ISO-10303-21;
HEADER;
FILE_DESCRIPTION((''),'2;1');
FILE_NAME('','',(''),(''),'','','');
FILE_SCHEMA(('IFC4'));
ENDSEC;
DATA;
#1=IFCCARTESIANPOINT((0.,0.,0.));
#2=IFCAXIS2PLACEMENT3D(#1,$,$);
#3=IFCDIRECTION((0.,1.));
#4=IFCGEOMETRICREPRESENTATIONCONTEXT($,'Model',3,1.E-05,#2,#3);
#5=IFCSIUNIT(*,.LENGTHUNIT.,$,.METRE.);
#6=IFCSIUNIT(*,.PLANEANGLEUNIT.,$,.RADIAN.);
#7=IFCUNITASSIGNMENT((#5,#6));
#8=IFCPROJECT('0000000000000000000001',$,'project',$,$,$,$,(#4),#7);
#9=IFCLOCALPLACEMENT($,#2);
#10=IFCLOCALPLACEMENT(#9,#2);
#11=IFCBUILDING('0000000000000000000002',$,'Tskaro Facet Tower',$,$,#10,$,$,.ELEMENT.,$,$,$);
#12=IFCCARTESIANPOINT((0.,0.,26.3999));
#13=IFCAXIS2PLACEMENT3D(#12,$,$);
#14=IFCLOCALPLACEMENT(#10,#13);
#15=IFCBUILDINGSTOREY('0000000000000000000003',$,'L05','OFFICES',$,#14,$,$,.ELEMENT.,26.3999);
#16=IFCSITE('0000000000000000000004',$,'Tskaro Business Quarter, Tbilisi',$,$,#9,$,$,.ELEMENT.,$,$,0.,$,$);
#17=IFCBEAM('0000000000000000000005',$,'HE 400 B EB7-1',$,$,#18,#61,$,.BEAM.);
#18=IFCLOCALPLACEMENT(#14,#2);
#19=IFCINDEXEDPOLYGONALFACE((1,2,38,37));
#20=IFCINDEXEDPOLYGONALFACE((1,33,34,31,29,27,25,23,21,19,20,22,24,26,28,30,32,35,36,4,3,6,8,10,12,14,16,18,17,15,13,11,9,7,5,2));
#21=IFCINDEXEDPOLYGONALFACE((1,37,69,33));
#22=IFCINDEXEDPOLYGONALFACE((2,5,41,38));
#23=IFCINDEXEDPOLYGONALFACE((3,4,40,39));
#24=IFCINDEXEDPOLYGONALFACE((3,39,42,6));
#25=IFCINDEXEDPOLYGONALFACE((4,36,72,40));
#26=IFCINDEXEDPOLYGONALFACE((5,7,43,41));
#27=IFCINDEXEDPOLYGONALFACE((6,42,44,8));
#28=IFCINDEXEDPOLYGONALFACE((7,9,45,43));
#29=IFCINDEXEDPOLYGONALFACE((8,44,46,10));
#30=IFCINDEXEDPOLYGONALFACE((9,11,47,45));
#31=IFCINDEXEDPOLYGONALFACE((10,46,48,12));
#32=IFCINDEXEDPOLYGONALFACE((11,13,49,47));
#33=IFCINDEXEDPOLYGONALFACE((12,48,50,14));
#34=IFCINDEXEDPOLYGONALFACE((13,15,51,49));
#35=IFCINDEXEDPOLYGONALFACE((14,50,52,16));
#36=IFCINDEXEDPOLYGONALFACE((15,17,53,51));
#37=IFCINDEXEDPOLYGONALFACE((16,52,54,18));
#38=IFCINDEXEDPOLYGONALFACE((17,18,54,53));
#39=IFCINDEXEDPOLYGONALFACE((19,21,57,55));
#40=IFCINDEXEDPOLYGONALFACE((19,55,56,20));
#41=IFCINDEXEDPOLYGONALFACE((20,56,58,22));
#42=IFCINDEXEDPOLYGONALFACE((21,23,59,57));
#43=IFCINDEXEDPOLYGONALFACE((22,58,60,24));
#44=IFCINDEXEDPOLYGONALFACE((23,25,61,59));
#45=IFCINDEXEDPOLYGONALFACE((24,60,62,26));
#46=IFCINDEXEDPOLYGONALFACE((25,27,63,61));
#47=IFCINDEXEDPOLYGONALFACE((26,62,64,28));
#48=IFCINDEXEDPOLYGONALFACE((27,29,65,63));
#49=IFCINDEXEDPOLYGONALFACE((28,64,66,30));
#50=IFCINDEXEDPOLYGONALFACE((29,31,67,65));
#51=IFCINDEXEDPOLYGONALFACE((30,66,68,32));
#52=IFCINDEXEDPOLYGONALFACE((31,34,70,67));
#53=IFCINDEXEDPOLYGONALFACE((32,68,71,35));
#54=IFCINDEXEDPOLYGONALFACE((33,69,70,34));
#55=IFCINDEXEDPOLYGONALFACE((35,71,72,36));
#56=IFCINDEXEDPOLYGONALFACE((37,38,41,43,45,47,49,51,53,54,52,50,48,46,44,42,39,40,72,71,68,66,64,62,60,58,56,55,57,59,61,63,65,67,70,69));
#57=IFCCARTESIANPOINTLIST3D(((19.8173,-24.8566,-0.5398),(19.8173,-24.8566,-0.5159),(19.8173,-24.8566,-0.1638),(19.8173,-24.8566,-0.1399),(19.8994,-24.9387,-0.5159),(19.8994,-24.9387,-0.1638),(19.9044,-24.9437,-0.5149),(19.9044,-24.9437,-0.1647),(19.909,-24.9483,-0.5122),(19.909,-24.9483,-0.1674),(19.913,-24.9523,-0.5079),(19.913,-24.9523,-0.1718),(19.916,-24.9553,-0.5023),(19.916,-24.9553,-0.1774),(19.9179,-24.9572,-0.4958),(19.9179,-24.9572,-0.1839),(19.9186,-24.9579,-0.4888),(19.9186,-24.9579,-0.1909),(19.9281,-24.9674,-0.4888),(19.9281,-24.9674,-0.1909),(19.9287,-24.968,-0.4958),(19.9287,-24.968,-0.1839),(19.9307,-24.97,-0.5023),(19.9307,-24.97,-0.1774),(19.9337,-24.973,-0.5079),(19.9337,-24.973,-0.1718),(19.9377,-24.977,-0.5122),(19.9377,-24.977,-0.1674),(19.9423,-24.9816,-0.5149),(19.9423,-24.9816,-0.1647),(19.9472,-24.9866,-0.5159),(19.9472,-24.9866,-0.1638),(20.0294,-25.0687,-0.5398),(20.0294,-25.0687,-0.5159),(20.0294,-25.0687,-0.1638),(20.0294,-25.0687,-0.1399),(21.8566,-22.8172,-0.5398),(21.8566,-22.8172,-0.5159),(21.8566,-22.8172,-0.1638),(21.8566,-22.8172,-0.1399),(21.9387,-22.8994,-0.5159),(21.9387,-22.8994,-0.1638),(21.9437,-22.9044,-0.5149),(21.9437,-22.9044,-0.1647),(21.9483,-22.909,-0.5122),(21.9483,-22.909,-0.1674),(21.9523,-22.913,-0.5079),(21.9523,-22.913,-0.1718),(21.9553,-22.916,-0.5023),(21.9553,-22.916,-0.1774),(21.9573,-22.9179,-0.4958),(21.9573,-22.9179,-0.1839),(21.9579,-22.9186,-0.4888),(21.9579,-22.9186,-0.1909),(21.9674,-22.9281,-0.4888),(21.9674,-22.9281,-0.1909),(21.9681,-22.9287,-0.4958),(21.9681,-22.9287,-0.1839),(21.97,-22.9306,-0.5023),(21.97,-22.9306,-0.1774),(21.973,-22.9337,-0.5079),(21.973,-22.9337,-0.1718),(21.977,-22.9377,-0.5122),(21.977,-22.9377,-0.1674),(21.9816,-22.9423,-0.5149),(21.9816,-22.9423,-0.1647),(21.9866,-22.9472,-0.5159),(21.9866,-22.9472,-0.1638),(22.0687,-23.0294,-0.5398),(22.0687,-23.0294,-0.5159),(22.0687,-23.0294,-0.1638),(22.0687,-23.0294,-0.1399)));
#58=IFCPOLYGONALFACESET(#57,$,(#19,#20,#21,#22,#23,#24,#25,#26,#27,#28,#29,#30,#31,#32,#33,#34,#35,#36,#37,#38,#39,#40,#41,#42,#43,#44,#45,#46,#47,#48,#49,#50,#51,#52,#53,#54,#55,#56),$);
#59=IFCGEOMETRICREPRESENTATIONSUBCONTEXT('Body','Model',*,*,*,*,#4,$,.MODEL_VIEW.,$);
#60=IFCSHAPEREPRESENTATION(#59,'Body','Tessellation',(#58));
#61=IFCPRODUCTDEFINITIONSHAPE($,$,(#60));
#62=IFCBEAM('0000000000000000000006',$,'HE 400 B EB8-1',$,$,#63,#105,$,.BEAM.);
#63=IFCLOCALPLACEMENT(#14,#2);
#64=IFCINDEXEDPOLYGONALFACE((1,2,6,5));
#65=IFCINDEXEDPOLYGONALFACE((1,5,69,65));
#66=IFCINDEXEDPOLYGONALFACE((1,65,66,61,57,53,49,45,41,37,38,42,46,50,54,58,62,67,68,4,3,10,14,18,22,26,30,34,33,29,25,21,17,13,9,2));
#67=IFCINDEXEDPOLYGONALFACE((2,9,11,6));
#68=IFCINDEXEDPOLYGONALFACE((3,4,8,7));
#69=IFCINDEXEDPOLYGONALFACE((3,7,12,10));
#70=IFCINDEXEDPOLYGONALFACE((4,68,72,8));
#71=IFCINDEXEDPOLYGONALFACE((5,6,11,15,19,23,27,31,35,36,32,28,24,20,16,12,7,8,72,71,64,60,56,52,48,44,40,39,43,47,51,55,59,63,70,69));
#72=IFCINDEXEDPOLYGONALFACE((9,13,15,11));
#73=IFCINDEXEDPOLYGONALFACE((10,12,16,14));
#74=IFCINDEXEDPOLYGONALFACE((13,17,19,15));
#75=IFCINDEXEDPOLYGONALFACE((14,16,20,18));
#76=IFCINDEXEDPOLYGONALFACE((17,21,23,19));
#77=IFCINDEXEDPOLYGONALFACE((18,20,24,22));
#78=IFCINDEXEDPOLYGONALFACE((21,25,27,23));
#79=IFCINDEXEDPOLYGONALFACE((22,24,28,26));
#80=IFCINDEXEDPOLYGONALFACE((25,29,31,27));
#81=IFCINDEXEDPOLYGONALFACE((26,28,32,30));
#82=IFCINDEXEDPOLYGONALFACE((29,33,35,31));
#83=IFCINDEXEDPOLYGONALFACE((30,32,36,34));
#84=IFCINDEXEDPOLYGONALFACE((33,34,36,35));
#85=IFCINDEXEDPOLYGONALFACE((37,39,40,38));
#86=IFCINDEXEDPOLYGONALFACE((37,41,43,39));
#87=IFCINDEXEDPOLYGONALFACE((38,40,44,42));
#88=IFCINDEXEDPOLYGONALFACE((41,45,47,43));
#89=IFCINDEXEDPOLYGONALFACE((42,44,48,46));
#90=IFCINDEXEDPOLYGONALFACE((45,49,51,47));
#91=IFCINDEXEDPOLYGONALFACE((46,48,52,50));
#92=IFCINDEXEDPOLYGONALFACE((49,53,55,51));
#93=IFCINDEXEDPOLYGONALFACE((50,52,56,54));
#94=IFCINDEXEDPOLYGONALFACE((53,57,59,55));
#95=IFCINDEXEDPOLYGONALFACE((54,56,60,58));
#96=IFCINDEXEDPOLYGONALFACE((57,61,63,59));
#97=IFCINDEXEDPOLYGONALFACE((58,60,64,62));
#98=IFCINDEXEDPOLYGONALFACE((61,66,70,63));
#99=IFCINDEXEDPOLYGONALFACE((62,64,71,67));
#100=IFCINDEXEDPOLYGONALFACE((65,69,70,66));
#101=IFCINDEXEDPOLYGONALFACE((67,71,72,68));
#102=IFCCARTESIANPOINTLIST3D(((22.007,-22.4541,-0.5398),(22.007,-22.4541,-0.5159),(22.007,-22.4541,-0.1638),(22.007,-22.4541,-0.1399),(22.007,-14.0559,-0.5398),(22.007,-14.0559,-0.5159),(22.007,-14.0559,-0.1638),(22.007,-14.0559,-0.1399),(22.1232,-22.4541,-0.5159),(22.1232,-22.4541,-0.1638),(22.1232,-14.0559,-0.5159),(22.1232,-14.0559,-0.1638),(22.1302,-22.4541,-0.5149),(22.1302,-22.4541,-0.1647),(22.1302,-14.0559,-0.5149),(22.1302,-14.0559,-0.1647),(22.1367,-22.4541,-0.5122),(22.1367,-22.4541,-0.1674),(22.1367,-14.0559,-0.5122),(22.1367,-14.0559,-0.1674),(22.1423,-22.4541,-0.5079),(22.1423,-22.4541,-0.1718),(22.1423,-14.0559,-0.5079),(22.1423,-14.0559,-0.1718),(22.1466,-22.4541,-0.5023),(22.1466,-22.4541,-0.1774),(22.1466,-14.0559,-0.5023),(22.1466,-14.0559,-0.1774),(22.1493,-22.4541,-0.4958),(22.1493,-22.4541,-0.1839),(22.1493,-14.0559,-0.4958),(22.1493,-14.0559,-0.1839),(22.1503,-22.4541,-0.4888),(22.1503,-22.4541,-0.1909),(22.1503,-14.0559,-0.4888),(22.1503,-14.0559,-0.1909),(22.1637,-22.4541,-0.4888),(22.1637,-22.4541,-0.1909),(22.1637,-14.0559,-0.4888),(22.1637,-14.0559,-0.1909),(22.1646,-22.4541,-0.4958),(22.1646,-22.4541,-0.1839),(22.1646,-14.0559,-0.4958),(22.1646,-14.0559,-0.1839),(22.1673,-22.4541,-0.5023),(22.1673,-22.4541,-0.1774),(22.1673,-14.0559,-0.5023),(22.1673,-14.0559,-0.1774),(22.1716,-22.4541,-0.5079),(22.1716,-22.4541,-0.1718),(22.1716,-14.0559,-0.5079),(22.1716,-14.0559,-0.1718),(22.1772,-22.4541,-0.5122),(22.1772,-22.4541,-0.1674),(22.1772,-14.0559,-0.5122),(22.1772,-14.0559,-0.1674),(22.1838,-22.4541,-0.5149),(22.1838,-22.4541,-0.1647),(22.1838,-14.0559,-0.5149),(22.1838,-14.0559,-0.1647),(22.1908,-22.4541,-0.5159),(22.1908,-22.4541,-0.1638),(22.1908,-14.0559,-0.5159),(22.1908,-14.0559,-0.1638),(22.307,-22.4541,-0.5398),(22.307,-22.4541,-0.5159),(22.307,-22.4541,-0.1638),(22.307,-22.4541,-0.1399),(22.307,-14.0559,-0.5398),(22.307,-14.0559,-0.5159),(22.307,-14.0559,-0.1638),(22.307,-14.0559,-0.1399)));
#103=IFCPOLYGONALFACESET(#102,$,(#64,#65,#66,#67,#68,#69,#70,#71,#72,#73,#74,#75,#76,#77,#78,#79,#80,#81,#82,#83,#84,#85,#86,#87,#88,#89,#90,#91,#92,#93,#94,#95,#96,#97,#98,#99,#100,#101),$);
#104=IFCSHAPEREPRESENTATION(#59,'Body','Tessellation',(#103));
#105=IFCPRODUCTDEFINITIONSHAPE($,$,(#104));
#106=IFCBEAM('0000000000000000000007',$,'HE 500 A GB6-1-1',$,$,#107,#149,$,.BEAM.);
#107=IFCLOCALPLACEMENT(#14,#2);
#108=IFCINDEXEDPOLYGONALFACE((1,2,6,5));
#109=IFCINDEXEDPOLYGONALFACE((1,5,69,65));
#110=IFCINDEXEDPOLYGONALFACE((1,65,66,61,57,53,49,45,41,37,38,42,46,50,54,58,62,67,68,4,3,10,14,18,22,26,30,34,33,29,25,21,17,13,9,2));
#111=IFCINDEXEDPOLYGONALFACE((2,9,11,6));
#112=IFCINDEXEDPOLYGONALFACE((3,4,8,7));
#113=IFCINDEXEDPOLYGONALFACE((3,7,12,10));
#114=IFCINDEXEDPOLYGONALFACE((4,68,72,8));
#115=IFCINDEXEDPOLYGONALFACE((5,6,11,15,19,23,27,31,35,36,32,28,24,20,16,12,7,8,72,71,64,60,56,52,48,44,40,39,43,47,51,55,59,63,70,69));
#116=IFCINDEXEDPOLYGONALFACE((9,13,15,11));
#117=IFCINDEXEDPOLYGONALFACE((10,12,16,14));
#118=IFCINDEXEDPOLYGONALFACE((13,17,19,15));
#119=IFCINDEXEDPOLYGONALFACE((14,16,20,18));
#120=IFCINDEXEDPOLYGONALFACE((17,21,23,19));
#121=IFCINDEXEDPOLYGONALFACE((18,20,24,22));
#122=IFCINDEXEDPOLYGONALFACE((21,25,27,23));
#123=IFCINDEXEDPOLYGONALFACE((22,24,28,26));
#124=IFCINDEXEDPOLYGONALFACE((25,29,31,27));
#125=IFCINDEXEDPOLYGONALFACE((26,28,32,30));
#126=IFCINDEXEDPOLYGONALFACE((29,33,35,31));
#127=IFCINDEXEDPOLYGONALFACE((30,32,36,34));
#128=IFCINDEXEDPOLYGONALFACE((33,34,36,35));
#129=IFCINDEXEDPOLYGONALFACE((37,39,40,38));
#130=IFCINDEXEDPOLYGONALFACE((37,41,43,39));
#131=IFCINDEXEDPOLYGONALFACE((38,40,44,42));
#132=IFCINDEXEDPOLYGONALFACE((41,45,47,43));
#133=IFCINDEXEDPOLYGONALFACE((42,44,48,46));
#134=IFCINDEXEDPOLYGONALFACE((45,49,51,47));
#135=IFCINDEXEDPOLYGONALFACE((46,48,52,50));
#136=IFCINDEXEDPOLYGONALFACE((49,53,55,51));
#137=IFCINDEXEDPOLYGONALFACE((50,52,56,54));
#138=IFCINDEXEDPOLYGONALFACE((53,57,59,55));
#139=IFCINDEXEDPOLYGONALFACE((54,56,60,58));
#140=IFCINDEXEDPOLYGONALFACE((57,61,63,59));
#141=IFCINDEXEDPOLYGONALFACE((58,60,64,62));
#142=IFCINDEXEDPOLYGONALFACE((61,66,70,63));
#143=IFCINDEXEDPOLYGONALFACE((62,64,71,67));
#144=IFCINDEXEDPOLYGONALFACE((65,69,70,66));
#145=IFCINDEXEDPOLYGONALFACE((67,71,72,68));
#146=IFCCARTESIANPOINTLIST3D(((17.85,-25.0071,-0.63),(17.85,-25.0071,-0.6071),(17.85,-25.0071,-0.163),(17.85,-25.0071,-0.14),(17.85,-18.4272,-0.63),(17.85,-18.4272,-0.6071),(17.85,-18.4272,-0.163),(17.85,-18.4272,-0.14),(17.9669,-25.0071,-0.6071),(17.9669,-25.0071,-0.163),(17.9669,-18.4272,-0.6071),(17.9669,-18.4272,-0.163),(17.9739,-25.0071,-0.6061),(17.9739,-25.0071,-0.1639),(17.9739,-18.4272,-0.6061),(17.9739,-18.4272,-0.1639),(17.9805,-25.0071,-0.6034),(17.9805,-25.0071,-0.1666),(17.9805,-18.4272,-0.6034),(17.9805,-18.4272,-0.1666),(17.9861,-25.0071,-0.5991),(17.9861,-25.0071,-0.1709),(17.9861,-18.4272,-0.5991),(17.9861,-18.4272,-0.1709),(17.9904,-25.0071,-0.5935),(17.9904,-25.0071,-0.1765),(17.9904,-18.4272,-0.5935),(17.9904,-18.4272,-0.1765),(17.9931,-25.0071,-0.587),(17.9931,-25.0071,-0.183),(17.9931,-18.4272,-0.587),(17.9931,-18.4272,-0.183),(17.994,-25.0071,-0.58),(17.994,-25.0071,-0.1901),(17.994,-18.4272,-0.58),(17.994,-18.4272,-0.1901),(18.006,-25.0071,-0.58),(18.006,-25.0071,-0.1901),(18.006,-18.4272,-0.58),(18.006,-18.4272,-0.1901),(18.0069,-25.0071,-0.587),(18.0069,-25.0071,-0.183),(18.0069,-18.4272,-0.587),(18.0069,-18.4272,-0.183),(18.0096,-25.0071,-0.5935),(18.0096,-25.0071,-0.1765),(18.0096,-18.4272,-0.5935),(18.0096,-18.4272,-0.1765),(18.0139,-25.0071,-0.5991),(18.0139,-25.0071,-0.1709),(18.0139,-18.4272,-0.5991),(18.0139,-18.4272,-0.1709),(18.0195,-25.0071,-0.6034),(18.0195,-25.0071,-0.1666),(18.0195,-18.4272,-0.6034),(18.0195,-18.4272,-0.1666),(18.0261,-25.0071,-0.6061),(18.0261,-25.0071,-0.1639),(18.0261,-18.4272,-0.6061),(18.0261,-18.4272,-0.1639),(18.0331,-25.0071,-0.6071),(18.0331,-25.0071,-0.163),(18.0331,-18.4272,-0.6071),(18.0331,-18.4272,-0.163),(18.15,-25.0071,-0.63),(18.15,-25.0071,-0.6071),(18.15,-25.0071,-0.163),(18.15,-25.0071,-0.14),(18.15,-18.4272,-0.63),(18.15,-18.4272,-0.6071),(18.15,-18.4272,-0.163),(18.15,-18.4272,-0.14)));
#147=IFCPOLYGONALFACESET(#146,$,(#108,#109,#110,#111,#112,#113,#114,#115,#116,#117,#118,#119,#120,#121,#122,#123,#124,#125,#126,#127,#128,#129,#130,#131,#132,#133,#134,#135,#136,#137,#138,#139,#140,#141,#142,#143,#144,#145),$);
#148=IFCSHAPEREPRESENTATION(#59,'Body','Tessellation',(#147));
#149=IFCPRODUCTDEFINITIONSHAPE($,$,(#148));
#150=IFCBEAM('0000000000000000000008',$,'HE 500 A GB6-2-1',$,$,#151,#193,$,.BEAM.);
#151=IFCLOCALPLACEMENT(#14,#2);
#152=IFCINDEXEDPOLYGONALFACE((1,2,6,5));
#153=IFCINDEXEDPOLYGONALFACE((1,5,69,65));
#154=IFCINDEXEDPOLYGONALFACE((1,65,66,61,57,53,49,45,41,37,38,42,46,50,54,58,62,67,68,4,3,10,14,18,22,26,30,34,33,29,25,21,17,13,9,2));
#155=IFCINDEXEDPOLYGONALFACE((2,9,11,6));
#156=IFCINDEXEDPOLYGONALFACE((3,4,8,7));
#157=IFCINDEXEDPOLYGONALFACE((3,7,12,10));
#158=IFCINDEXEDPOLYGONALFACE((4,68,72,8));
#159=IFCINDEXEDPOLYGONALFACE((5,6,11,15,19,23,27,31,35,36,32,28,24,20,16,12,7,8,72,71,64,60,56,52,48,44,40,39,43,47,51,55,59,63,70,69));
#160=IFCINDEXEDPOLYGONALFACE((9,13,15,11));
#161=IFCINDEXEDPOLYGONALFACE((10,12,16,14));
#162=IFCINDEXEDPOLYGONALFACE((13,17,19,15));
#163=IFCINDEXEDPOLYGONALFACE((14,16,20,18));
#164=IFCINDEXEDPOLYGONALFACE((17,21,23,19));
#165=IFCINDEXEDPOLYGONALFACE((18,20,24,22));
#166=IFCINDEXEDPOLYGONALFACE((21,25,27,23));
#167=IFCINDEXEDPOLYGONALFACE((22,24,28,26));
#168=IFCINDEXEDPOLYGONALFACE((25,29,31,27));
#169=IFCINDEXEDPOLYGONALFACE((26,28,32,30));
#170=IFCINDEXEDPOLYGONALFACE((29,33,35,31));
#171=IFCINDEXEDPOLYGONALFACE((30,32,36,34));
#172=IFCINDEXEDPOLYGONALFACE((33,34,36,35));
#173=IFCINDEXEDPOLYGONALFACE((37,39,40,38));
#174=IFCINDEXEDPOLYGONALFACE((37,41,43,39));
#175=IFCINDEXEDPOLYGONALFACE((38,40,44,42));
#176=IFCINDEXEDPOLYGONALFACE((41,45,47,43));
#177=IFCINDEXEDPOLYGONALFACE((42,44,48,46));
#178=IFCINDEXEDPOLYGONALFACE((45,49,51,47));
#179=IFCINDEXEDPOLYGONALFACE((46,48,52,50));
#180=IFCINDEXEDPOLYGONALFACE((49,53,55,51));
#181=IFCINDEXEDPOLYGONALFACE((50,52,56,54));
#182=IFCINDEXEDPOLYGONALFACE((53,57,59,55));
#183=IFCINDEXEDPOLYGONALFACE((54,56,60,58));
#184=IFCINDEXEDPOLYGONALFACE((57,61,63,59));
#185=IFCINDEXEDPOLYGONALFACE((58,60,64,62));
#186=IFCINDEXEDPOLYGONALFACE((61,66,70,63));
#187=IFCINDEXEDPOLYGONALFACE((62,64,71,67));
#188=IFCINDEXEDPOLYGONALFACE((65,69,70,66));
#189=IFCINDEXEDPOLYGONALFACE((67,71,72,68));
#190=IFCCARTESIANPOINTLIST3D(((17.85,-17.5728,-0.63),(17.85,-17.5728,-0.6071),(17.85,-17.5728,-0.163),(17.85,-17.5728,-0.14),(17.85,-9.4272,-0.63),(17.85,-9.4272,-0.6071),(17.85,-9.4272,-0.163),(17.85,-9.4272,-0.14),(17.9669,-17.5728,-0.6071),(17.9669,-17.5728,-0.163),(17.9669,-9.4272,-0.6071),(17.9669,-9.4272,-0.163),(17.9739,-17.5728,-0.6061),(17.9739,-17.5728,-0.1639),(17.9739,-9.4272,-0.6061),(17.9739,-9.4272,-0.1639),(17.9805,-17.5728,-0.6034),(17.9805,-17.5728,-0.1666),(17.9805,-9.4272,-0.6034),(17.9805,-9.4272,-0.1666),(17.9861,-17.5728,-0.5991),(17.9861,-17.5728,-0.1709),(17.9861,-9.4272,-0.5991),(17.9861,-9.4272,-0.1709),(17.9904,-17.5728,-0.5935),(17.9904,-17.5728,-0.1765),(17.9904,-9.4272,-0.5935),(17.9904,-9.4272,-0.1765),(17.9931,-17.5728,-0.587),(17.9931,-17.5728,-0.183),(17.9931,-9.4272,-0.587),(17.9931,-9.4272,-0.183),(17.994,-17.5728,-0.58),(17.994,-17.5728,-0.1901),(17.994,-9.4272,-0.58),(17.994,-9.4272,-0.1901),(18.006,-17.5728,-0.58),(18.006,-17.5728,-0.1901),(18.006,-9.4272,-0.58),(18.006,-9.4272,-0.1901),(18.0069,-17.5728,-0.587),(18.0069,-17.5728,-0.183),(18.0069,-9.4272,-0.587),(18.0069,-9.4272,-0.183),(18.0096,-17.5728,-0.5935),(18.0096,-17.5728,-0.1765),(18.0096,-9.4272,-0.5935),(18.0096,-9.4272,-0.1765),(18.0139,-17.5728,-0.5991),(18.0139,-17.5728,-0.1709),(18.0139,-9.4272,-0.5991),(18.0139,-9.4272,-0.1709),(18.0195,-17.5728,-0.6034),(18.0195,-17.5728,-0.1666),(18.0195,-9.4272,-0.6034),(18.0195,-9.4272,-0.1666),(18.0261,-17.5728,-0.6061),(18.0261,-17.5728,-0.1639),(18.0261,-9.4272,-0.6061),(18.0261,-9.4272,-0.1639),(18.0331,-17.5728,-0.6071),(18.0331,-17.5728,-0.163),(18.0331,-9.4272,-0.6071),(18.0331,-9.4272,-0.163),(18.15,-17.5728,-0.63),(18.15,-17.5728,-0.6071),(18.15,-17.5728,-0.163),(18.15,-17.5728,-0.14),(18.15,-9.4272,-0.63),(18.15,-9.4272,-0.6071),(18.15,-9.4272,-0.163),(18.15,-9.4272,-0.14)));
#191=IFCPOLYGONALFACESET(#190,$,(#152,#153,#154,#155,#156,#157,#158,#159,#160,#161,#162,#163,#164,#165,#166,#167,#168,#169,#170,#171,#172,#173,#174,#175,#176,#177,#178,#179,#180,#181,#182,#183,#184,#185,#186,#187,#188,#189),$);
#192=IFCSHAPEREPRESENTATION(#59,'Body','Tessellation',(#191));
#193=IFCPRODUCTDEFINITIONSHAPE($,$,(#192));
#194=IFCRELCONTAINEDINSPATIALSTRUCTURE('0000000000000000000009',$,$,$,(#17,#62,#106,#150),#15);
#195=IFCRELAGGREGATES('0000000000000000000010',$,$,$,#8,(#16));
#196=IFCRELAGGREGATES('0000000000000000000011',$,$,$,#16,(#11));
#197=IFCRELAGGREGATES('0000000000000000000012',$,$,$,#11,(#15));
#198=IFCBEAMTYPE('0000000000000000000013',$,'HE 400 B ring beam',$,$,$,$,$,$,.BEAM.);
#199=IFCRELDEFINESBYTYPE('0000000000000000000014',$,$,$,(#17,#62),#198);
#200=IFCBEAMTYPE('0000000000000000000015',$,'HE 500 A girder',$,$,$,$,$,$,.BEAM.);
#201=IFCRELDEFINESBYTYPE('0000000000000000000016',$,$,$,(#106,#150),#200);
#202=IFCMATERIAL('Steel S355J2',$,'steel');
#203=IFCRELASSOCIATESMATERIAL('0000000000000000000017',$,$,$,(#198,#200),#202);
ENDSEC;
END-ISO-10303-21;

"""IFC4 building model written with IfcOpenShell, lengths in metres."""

from ifc_helpers import new_model, si_unit, direction, frame, origin, origin_2d, place, context, subcontext, project, spatial, i_section, extrude, material, material_profile, profile_set, type_object, element, save


model = new_model("IFC4")

# Units and contexts
model_context = context("Model", 3, precision=1e-05, world=origin(), true_north=direction((0.0, 1.0)))
body_context = subcontext(model_context, "Body", "Model", "MODEL_VIEW")
ifc_project = project(units=[si_unit("LENGTHUNIT", "METRE"), si_unit("PLANEANGLEUNIT", "RADIAN")], contexts=[model_context])

# Site, building, storey
site_placement = place(None, origin())
site = spatial("IfcSite", under=ifc_project, at=site_placement, Name="Tskaro Business Quarter, Tbilisi", CompositionType="ELEMENT", RefElevation=0.0)
building_placement = place(site_placement, origin())
building = spatial("IfcBuilding", under=site, at=building_placement, Name="Tskaro Facet Tower", CompositionType="ELEMENT")
storey_placement = place(building_placement, frame((0.0, 0.0, 26.3999)))
storey = spatial("IfcBuildingStorey", under=building, at=storey_placement, Name="L05", Description="OFFICES", CompositionType="ELEMENT", Elevation=26.3999)

# Beams
ifc_material_1 = material(Name="Steel S355J2", Category="steel")
ifc_material_profile_1 = material_profile(ifc_material_1, i_section(OverallWidth=0.3, OverallDepth=0.3999, WebThickness=0.0134, FlangeThickness=0.0239, FilletRadius=0.0271, at=origin_2d()), Name="HE 400 B")
ifc_profile_set_1 = profile_set([ifc_material_profile_1], Name="Steel S355J2")
beam_type_1 = type_object("IfcBeamType", Name="HE 400 B ring beam", PredefinedType="BEAM", material=ifc_profile_set_1)
beam_1_placement = place(storey_placement, frame((19.9233, -24.9626, -0.3398), z_axis=(0.707107, 0.707107, 0.0), x_axis=(-0.707107, 0.707107, 0.0)))
element("IfcBeam", 1, at=beam_1_placement, inside=storey, type_object=beam_type_1, Name="HE 400 B EB7-1", PredefinedType="BEAM", context=body_context, shape_type="SweptSolid", body=[
    extrude(i_section(OverallWidth=0.3, OverallDepth=0.3999, WebThickness=0.0134, FlangeThickness=0.0239, FilletRadius=0.0271, at=origin_2d()), origin(), (0.0, 0.0, 1.0), 2.884),
])
beam_2_placement = place(storey_placement, frame((22.157, -22.4541, -0.3398), z_axis=(0.0, 1.0, 0.0), x_axis=(-1.0, 0.0, 0.0)))
element("IfcBeam", 2, at=beam_2_placement, inside=storey, type_object=beam_type_1, Name="HE 400 B EB8-1", PredefinedType="BEAM", context=body_context, shape_type="SweptSolid", body=[
    extrude(i_section(OverallWidth=0.3, OverallDepth=0.3999, WebThickness=0.0134, FlangeThickness=0.0239, FilletRadius=0.0271, at=origin_2d()), origin(), (0.0, 0.0, 1.0), 8.3982),
])
ifc_material_profile_2 = material_profile(ifc_material_1, i_section(OverallWidth=0.3, OverallDepth=0.49, WebThickness=0.012, FlangeThickness=0.0229, FilletRadius=0.0271, at=origin_2d()), Name="HE 500 A")
ifc_profile_set_2 = profile_set([ifc_material_profile_2], Name="Steel S355J2")
beam_type_2 = type_object("IfcBeamType", Name="HE 500 A girder", PredefinedType="BEAM", material=ifc_profile_set_2)
beam_3_placement = place(storey_placement, frame((18.0, -25.0071, -0.385), z_axis=(0.0, 1.0, 0.0), x_axis=(-1.0, 0.0, 0.0)))
element("IfcBeam", 3, at=beam_3_placement, inside=storey, type_object=beam_type_2, Name="HE 500 A GB6-1-1", PredefinedType="BEAM", context=body_context, shape_type="SweptSolid", body=[
    extrude(i_section(OverallWidth=0.3, OverallDepth=0.49, WebThickness=0.012, FlangeThickness=0.0229, FilletRadius=0.0271, at=origin_2d()), origin(), (0.0, 0.0, 1.0), 6.5798),
])
beam_4_placement = place(storey_placement, frame((18.0, -17.5728, -0.385), z_axis=(0.0, 1.0, 0.0), x_axis=(-1.0, 0.0, 0.0)))
element("IfcBeam", 4, at=beam_4_placement, inside=storey, type_object=beam_type_2, Name="HE 500 A GB6-2-1", PredefinedType="BEAM", context=body_context, shape_type="SweptSolid", body=[
    extrude(i_section(OverallWidth=0.3, OverallDepth=0.49, WebThickness=0.012, FlangeThickness=0.0229, FilletRadius=0.0271, at=origin_2d()), origin(), (0.0, 0.0, 1.0), 8.1455),
])

save(model, "model.ifc")
